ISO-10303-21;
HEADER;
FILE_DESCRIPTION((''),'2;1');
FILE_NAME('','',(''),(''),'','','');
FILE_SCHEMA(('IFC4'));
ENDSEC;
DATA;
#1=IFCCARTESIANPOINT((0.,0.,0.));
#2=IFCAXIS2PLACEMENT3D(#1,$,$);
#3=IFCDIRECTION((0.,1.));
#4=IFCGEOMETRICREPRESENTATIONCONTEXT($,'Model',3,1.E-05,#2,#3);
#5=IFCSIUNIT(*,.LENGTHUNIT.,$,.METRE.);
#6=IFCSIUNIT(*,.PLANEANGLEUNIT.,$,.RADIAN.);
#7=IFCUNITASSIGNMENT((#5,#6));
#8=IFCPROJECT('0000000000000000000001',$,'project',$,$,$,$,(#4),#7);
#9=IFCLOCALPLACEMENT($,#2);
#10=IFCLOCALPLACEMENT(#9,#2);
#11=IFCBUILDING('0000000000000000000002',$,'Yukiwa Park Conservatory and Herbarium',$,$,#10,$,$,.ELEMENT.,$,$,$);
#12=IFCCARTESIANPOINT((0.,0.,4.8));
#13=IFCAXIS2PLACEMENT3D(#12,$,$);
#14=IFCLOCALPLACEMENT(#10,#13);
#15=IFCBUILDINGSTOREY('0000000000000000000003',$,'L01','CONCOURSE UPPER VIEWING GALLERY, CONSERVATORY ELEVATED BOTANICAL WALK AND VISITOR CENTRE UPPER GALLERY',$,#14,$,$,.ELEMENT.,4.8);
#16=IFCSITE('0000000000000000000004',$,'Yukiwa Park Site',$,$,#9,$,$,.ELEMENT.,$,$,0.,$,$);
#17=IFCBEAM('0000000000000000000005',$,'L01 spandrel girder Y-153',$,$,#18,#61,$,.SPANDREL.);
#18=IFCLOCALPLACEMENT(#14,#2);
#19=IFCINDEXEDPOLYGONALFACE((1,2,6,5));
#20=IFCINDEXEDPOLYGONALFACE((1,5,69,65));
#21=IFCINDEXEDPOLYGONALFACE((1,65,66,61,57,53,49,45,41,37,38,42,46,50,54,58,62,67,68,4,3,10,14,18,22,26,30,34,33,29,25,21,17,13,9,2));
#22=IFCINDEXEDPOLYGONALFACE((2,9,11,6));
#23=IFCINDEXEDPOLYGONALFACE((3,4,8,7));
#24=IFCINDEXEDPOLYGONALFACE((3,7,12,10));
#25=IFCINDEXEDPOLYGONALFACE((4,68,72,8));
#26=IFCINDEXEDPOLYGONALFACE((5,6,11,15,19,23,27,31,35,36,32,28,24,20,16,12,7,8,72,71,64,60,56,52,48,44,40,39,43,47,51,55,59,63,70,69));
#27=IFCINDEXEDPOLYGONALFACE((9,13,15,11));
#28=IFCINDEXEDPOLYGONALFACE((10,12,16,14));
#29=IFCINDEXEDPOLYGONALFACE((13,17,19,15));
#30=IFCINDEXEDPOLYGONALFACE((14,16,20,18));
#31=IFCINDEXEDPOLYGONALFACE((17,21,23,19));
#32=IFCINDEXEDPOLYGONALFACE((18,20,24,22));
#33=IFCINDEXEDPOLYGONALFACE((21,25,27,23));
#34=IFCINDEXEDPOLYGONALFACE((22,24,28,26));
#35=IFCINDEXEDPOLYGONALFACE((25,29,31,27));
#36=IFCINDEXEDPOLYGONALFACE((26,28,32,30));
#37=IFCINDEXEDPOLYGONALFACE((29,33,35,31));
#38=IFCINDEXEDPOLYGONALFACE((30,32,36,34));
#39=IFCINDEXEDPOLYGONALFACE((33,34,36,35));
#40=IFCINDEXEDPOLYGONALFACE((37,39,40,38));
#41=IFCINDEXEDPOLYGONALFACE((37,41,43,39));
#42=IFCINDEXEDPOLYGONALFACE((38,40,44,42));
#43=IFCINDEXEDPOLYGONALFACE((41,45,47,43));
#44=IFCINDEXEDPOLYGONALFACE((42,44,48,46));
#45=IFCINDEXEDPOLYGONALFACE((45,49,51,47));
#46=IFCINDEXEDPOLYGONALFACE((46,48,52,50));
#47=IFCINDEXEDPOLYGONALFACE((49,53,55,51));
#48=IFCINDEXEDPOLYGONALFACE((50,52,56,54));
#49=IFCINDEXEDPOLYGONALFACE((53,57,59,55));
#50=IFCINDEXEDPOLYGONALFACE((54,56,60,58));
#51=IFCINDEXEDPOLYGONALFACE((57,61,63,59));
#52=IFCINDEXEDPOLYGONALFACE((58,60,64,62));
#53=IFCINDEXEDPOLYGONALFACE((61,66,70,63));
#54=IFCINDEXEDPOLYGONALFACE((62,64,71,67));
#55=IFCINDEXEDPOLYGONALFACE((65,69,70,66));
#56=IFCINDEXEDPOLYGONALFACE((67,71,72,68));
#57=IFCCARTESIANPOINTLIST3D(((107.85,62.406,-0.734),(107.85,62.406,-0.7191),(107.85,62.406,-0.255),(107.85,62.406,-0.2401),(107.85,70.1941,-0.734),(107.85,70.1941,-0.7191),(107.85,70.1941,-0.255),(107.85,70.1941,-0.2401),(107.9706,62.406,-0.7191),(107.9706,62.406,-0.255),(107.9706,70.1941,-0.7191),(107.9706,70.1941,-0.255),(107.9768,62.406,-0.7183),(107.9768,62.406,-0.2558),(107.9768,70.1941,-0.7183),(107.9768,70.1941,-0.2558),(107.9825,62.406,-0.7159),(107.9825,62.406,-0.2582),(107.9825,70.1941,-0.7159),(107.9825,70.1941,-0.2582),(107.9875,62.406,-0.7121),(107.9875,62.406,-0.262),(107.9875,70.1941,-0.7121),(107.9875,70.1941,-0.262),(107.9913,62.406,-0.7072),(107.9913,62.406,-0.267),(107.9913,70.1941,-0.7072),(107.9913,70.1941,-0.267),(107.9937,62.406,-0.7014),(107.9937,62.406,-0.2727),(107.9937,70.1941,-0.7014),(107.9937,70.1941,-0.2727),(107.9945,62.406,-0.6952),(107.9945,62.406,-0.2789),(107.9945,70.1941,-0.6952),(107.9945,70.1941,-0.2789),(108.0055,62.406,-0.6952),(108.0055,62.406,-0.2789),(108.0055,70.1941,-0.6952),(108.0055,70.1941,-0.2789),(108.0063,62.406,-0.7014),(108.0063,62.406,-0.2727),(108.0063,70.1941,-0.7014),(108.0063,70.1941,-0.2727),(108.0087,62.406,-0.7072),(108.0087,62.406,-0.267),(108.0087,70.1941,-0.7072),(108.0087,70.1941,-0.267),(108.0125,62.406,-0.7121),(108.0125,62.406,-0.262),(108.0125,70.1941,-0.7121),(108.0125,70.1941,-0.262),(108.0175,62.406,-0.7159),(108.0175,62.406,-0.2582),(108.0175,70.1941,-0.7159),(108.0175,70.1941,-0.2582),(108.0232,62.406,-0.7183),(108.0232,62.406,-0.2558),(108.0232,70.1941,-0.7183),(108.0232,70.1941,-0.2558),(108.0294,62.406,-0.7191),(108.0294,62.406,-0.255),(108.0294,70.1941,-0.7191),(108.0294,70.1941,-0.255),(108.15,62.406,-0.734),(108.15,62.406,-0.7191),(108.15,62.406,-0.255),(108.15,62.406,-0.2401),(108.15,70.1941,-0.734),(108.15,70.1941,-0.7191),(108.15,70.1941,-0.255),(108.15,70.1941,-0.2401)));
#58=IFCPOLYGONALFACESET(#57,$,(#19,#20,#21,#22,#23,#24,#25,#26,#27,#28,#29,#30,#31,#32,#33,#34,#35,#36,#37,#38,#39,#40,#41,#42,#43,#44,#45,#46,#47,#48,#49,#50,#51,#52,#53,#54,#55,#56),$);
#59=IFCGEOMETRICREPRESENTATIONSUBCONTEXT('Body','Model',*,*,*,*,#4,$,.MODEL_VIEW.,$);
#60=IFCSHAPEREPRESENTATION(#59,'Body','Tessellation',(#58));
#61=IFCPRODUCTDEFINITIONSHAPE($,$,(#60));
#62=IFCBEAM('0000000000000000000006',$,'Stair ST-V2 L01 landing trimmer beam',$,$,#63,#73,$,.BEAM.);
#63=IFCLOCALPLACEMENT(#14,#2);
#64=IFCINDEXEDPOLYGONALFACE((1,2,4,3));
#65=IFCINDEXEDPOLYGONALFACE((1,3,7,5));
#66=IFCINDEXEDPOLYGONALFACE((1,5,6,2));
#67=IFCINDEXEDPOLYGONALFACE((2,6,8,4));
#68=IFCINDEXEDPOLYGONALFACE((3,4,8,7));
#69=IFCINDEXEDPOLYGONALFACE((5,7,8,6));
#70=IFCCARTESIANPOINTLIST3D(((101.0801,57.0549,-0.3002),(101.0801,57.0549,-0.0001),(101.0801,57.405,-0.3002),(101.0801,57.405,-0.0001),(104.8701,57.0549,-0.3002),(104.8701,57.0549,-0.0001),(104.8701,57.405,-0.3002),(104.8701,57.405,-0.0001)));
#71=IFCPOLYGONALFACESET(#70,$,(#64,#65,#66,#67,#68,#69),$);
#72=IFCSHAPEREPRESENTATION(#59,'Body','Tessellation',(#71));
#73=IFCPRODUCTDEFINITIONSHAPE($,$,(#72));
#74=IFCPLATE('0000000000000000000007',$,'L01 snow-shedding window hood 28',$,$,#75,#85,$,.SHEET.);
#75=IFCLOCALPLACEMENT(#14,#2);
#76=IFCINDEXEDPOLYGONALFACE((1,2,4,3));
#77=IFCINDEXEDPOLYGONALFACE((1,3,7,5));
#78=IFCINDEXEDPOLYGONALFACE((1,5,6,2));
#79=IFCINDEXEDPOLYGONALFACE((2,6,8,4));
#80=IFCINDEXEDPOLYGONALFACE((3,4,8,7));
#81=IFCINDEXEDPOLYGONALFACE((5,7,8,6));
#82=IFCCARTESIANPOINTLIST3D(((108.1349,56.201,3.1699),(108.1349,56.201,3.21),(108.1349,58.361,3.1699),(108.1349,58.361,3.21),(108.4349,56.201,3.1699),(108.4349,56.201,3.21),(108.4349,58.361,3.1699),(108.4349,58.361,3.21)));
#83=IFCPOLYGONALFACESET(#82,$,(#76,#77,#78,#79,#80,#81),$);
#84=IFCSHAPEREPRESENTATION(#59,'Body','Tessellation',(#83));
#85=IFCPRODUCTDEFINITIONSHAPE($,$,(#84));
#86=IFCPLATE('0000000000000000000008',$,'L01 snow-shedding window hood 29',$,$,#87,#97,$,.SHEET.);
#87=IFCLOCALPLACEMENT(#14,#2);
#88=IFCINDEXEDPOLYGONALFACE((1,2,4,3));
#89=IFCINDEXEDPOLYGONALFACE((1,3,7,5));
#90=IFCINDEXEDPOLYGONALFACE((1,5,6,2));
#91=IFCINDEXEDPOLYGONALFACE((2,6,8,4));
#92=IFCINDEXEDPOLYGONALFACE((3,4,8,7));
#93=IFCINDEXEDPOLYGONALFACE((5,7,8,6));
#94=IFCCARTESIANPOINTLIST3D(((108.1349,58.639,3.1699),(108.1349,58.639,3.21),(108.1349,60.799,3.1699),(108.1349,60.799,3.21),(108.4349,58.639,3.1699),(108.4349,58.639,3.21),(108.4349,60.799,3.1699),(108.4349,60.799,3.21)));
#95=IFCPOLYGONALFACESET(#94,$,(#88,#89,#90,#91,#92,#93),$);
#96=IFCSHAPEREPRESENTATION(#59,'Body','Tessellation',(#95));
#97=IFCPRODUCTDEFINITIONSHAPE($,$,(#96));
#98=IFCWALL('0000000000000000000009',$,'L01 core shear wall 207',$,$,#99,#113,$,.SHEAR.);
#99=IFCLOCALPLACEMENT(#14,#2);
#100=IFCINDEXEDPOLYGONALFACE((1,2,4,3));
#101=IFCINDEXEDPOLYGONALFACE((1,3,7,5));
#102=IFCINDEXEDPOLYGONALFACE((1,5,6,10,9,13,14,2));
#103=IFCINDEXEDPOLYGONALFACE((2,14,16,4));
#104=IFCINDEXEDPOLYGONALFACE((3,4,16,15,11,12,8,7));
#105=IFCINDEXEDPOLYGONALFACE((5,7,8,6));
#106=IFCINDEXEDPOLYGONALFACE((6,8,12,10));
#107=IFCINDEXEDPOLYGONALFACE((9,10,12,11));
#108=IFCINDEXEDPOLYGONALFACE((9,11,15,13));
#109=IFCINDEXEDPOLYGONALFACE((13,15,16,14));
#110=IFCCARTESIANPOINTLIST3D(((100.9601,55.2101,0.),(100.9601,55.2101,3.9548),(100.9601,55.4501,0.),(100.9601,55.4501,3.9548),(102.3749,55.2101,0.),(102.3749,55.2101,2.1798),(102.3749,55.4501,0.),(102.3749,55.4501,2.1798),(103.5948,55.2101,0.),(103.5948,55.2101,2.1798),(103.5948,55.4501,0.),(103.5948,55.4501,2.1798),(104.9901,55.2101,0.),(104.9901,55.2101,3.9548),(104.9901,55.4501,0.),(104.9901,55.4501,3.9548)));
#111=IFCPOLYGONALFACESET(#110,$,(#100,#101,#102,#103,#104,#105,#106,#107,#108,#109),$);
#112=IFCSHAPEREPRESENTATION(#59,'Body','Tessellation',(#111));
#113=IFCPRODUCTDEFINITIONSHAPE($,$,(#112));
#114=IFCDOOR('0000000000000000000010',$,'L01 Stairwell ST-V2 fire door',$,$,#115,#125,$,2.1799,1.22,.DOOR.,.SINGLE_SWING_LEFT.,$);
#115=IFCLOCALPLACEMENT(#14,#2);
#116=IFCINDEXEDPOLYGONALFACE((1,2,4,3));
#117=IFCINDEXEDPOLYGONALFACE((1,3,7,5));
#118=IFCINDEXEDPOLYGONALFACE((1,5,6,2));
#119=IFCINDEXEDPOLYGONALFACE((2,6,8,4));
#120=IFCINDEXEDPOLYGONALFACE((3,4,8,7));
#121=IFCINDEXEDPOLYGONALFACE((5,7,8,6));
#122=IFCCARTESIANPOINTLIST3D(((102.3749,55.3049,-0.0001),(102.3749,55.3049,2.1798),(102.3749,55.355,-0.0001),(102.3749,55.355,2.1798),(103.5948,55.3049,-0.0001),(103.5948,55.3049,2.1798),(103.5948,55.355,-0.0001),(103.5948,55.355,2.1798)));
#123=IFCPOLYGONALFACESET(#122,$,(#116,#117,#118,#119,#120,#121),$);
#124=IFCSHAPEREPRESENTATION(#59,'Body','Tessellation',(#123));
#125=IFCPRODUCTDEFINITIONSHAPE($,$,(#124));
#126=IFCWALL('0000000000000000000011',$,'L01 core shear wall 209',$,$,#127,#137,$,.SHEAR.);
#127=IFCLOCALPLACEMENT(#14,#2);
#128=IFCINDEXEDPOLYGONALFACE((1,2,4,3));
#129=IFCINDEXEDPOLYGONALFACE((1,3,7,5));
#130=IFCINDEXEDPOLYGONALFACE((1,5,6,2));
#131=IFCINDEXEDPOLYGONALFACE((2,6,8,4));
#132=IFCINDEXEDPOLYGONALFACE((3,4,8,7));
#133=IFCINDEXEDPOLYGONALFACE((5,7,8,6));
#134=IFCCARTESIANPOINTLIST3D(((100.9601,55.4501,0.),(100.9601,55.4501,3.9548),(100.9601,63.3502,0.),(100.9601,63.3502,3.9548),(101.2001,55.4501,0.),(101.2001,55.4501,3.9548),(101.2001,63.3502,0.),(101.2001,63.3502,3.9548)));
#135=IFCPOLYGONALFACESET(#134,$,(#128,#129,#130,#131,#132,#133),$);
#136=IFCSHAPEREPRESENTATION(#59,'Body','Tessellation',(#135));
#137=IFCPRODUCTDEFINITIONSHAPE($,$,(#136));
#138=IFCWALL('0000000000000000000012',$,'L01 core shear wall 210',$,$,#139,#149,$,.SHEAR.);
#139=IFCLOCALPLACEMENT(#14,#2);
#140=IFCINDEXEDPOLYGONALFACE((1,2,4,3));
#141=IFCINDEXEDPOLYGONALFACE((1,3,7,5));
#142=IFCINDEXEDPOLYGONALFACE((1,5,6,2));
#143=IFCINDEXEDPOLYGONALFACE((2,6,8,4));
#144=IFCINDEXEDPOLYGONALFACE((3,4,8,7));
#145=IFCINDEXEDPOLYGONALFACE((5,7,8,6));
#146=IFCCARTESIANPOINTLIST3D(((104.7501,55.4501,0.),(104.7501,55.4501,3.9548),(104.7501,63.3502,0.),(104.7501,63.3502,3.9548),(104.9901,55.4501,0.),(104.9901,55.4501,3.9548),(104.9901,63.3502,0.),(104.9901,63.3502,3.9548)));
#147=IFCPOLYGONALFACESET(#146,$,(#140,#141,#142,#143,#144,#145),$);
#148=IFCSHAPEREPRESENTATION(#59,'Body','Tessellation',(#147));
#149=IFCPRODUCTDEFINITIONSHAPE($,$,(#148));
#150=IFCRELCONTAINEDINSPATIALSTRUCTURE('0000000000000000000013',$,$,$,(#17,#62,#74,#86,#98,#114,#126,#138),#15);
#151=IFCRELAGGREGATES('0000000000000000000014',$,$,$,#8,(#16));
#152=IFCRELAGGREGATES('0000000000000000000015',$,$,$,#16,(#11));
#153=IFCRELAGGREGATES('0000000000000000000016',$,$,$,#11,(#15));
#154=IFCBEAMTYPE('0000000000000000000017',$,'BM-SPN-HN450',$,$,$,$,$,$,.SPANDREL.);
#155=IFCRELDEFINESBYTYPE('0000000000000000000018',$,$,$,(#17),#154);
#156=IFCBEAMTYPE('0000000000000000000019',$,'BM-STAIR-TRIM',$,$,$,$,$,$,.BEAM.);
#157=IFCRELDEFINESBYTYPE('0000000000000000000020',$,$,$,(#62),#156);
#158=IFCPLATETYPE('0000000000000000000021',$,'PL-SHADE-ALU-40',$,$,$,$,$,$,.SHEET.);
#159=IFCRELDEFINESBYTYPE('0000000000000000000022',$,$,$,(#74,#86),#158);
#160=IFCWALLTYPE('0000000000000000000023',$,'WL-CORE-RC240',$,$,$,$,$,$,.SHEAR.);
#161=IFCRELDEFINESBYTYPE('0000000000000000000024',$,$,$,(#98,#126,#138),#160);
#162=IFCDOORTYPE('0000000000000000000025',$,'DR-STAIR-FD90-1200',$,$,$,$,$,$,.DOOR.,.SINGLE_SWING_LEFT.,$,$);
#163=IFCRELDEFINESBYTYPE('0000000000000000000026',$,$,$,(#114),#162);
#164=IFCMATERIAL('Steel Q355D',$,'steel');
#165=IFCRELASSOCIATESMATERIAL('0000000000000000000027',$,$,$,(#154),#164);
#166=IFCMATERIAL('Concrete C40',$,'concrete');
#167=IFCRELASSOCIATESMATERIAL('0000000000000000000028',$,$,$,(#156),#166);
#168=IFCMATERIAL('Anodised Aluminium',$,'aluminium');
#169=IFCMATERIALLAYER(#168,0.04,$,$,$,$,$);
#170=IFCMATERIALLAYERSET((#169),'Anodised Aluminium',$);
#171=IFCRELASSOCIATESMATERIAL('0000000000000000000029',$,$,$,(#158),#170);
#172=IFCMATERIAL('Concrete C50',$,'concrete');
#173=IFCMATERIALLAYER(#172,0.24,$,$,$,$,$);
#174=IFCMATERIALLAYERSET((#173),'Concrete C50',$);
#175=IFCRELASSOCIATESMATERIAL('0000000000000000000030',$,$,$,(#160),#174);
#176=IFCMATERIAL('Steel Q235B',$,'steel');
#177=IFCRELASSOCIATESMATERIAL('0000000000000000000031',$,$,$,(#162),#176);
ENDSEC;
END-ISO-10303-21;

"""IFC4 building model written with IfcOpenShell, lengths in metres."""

from ifc_helpers import new_model, si_unit, direction, frame, frame_2d, origin, origin_2d, place, context, subcontext, project, spatial, rectangle, i_section, extrude, material, layer, layer_set, material_profile, profile_set, type_object, element, fill, save


model = new_model("IFC4")

# Units and contexts
model_context = context("Model", 3, precision=1e-05, world=origin(), true_north=direction((0.0, 1.0)))
body_context = subcontext(model_context, "Body", "Model", "MODEL_VIEW")
ifc_project = project(units=[si_unit("LENGTHUNIT", "METRE"), si_unit("PLANEANGLEUNIT", "RADIAN")], contexts=[model_context])

# Site, building, storey
site_placement = place(None, origin())
site = spatial("IfcSite", under=ifc_project, at=site_placement, Name="Yukiwa Park Site", CompositionType="ELEMENT", RefElevation=0.0)
building_placement = place(site_placement, origin())
building = spatial("IfcBuilding", under=site, at=building_placement, Name="Yukiwa Park Conservatory and Herbarium", CompositionType="ELEMENT")
storey_placement = place(building_placement, frame((0.0, 0.0, 4.8)))
storey = spatial("IfcBuildingStorey", under=building, at=storey_placement, Name="L01", Description="CONCOURSE UPPER VIEWING GALLERY, CONSERVATORY ELEVATED BOTANICAL WALK AND VISITOR CENTRE UPPER GALLERY", CompositionType="ELEMENT", Elevation=4.8)

# Beams
ifc_material_1 = material(Name="Steel Q355D", Category="steel")
ifc_material_profile_1 = material_profile(ifc_material_1, i_section(OverallWidth=0.3, OverallDepth=0.4939, WebThickness=0.011, FlangeThickness=0.0149, FilletRadius=0.0239, at=origin_2d()), Name="HM 494x300x11x15")
ifc_profile_set_1 = profile_set([ifc_material_profile_1], Name="Steel Q355D")
beam_type_1 = type_object("IfcBeamType", Name="BM-SPN-HN450", PredefinedType="SPANDREL", material=ifc_profile_set_1)
for number, where, z_axis, x_axis, name in (
    (1, (108.0, 62.406, -0.4871), (0.0, 1.0, 0.0), (-1.0, 0.0, 0.0), "L01 spandrel girder Y-153"),
):
    element("IfcBeam", number, at=place(storey_placement, frame(where, z_axis=z_axis, x_axis=x_axis)), inside=storey, type_object=beam_type_1, Name=name, PredefinedType="SPANDREL", context=body_context, shape_type="SweptSolid", body=[
        extrude(i_section(OverallWidth=0.3, OverallDepth=0.4939, WebThickness=0.011, FlangeThickness=0.0149, FilletRadius=0.0239, at=origin_2d()), origin(), (0.0, 0.0, 1.0), 7.7881),
    ])
ifc_material_2 = material(Name="Concrete C40", Category="concrete")
ifc_material_profile_2 = material_profile(ifc_material_2, rectangle(XDim=0.3501, YDim=0.3, at=origin_2d()), Name="RC 350x300")
ifc_profile_set_2 = profile_set([ifc_material_profile_2], Name="Concrete C40")
beam_type_2 = type_object("IfcBeamType", Name="BM-STAIR-TRIM", PredefinedType="BEAM", material=ifc_profile_set_2)
beam_1_placement = place(storey_placement, frame((101.0801, 57.23, -0.1501), z_axis=(1.0, 0.0, 0.0), x_axis=(0.0, 1.0, 0.0)))
element("IfcBeam", 2, at=beam_1_placement, inside=storey, type_object=beam_type_2, Name="Stair ST-V2 L01 landing trimmer beam", PredefinedType="BEAM", context=body_context, shape_type="SweptSolid", body=[
    extrude(rectangle(XDim=0.3501, YDim=0.3, at=origin_2d()), origin(), (0.0, 0.0, 1.0), 3.79),
])

# Plates
ifc_material_3 = material(Name="Anodised Aluminium", Category="aluminium")
ifc_layer_1 = layer(ifc_material_3, 0.04)
ifc_layer_set_1 = layer_set([ifc_layer_1], Name="Anodised Aluminium")
plate_type = type_object("IfcPlateType", Name="PL-SHADE-ALU-40", PredefinedType="SHEET", material=ifc_layer_set_1)
for number, where, z_axis, x_axis, name in (
    (3, (108.2849, 57.281, 3.1699), (0.0, 0.0, 1.0), (0.0, 1.0, 0.0), "L01 snow-shedding window hood 28"),
    (4, (108.2849, 59.719, 3.1699), (0.0, 0.0, 1.0), (0.0, 1.0, 0.0), "L01 snow-shedding window hood 29"),
):
    element("IfcPlate", number, at=place(storey_placement, frame(where, z_axis=z_axis, x_axis=x_axis)), inside=storey, type_object=plate_type, Name=name, PredefinedType="SHEET", context=body_context, shape_type="SweptSolid", body=[
        extrude(rectangle(XDim=2.1599, YDim=0.3, at=origin_2d()), origin(), (0.0, 0.0, 1.0), 0.04),
    ])

# Wall, opening, door
ifc_material_4 = material(Name="Concrete C50", Category="concrete")
ifc_layer_2 = layer(ifc_material_4, 0.24)
ifc_layer_set_2 = layer_set([ifc_layer_2], Name="Concrete C50")
wall_type_1 = type_object("IfcWallType", Name="WL-CORE-RC240", PredefinedType="SHEAR", material=ifc_layer_set_2)
wall_1_placement = place(storey_placement, frame((100.96, 55.3301, 0.0), z_axis=(0.0, 0.0, 1.0), x_axis=(1.0, 0.0, 0.0)))
wall_1 = element("IfcWall", 5, at=wall_1_placement, inside=storey, type_object=wall_type_1, Name="L01 core shear wall 207", PredefinedType="SHEAR", context=body_context, shape_type="SweptSolid", body=[
    extrude(rectangle(XDim=4.03, YDim=0.24, at=frame_2d((2.0151, 0.0))), origin(), (0.0, 0.0, 1.0), 3.9548),
])
opening_1_placement = place(wall_1_placement, frame((1.415, 0.0, 0.0)))
opening_1 = element("IfcOpeningElement", 6, at=opening_1_placement, cuts=wall_1, PredefinedType="OPENING", context=body_context, shape_type="SweptSolid", body=[
    extrude(rectangle(XDim=1.22, YDim=2.1799, at=frame_2d((0.6099, 1.0898))), frame((0.0, 0.1299, 0.0), z_axis=(0.0, -1.0, 0.0), x_axis=(1.0, 0.0, 0.0)), (0.0, 0.0, 1.0), 0.26),
])
ifc_material_5 = material(Name="Steel Q235B", Category="steel")
door_type = type_object("IfcDoorType", Name="DR-STAIR-FD90-1200", OperationType="SINGLE_SWING_LEFT", PredefinedType="DOOR", material=ifc_material_5)
door_placement = place(opening_1_placement, origin())
door = element("IfcDoor", 7, at=door_placement, inside=storey, type_object=door_type, Name="L01 Stairwell ST-V2 fire door", OperationType="SINGLE_SWING_LEFT", OverallHeight=2.1799, OverallWidth=1.22, PredefinedType="DOOR", context=body_context, shape_type="SweptSolid", body=[
    extrude(rectangle(XDim=1.22, YDim=2.1799, at=frame_2d((0.6099, 1.0898))), frame((0.0, 0.0249, 0.0), z_axis=(0.0, -1.0, 0.0), x_axis=(1.0, 0.0, 0.0)), (0.0, 0.0, 1.0), 0.05),
])
fill(opening_1, door)

# Walls
for number, where, z_axis, x_axis, name in (
    (8, (101.0801, 55.45, 0.0), (0.0, 0.0, 1.0), (0.0, 1.0, 0.0), "L01 core shear wall 209"),
    (9, (104.8701, 55.45, 0.0), (0.0, 0.0, 1.0), (0.0, 1.0, 0.0), "L01 core shear wall 210"),
):
    element("IfcWall", number, at=place(storey_placement, frame(where, z_axis=z_axis, x_axis=x_axis)), inside=storey, type_object=wall_type_1, Name=name, PredefinedType="SHEAR", context=body_context, shape_type="SweptSolid", body=[
        extrude(rectangle(XDim=7.9001, YDim=0.24, at=frame_2d((3.9502, 0.0))), origin(), (0.0, 0.0, 1.0), 3.9548),
    ])

save(model, "model.ifc")
